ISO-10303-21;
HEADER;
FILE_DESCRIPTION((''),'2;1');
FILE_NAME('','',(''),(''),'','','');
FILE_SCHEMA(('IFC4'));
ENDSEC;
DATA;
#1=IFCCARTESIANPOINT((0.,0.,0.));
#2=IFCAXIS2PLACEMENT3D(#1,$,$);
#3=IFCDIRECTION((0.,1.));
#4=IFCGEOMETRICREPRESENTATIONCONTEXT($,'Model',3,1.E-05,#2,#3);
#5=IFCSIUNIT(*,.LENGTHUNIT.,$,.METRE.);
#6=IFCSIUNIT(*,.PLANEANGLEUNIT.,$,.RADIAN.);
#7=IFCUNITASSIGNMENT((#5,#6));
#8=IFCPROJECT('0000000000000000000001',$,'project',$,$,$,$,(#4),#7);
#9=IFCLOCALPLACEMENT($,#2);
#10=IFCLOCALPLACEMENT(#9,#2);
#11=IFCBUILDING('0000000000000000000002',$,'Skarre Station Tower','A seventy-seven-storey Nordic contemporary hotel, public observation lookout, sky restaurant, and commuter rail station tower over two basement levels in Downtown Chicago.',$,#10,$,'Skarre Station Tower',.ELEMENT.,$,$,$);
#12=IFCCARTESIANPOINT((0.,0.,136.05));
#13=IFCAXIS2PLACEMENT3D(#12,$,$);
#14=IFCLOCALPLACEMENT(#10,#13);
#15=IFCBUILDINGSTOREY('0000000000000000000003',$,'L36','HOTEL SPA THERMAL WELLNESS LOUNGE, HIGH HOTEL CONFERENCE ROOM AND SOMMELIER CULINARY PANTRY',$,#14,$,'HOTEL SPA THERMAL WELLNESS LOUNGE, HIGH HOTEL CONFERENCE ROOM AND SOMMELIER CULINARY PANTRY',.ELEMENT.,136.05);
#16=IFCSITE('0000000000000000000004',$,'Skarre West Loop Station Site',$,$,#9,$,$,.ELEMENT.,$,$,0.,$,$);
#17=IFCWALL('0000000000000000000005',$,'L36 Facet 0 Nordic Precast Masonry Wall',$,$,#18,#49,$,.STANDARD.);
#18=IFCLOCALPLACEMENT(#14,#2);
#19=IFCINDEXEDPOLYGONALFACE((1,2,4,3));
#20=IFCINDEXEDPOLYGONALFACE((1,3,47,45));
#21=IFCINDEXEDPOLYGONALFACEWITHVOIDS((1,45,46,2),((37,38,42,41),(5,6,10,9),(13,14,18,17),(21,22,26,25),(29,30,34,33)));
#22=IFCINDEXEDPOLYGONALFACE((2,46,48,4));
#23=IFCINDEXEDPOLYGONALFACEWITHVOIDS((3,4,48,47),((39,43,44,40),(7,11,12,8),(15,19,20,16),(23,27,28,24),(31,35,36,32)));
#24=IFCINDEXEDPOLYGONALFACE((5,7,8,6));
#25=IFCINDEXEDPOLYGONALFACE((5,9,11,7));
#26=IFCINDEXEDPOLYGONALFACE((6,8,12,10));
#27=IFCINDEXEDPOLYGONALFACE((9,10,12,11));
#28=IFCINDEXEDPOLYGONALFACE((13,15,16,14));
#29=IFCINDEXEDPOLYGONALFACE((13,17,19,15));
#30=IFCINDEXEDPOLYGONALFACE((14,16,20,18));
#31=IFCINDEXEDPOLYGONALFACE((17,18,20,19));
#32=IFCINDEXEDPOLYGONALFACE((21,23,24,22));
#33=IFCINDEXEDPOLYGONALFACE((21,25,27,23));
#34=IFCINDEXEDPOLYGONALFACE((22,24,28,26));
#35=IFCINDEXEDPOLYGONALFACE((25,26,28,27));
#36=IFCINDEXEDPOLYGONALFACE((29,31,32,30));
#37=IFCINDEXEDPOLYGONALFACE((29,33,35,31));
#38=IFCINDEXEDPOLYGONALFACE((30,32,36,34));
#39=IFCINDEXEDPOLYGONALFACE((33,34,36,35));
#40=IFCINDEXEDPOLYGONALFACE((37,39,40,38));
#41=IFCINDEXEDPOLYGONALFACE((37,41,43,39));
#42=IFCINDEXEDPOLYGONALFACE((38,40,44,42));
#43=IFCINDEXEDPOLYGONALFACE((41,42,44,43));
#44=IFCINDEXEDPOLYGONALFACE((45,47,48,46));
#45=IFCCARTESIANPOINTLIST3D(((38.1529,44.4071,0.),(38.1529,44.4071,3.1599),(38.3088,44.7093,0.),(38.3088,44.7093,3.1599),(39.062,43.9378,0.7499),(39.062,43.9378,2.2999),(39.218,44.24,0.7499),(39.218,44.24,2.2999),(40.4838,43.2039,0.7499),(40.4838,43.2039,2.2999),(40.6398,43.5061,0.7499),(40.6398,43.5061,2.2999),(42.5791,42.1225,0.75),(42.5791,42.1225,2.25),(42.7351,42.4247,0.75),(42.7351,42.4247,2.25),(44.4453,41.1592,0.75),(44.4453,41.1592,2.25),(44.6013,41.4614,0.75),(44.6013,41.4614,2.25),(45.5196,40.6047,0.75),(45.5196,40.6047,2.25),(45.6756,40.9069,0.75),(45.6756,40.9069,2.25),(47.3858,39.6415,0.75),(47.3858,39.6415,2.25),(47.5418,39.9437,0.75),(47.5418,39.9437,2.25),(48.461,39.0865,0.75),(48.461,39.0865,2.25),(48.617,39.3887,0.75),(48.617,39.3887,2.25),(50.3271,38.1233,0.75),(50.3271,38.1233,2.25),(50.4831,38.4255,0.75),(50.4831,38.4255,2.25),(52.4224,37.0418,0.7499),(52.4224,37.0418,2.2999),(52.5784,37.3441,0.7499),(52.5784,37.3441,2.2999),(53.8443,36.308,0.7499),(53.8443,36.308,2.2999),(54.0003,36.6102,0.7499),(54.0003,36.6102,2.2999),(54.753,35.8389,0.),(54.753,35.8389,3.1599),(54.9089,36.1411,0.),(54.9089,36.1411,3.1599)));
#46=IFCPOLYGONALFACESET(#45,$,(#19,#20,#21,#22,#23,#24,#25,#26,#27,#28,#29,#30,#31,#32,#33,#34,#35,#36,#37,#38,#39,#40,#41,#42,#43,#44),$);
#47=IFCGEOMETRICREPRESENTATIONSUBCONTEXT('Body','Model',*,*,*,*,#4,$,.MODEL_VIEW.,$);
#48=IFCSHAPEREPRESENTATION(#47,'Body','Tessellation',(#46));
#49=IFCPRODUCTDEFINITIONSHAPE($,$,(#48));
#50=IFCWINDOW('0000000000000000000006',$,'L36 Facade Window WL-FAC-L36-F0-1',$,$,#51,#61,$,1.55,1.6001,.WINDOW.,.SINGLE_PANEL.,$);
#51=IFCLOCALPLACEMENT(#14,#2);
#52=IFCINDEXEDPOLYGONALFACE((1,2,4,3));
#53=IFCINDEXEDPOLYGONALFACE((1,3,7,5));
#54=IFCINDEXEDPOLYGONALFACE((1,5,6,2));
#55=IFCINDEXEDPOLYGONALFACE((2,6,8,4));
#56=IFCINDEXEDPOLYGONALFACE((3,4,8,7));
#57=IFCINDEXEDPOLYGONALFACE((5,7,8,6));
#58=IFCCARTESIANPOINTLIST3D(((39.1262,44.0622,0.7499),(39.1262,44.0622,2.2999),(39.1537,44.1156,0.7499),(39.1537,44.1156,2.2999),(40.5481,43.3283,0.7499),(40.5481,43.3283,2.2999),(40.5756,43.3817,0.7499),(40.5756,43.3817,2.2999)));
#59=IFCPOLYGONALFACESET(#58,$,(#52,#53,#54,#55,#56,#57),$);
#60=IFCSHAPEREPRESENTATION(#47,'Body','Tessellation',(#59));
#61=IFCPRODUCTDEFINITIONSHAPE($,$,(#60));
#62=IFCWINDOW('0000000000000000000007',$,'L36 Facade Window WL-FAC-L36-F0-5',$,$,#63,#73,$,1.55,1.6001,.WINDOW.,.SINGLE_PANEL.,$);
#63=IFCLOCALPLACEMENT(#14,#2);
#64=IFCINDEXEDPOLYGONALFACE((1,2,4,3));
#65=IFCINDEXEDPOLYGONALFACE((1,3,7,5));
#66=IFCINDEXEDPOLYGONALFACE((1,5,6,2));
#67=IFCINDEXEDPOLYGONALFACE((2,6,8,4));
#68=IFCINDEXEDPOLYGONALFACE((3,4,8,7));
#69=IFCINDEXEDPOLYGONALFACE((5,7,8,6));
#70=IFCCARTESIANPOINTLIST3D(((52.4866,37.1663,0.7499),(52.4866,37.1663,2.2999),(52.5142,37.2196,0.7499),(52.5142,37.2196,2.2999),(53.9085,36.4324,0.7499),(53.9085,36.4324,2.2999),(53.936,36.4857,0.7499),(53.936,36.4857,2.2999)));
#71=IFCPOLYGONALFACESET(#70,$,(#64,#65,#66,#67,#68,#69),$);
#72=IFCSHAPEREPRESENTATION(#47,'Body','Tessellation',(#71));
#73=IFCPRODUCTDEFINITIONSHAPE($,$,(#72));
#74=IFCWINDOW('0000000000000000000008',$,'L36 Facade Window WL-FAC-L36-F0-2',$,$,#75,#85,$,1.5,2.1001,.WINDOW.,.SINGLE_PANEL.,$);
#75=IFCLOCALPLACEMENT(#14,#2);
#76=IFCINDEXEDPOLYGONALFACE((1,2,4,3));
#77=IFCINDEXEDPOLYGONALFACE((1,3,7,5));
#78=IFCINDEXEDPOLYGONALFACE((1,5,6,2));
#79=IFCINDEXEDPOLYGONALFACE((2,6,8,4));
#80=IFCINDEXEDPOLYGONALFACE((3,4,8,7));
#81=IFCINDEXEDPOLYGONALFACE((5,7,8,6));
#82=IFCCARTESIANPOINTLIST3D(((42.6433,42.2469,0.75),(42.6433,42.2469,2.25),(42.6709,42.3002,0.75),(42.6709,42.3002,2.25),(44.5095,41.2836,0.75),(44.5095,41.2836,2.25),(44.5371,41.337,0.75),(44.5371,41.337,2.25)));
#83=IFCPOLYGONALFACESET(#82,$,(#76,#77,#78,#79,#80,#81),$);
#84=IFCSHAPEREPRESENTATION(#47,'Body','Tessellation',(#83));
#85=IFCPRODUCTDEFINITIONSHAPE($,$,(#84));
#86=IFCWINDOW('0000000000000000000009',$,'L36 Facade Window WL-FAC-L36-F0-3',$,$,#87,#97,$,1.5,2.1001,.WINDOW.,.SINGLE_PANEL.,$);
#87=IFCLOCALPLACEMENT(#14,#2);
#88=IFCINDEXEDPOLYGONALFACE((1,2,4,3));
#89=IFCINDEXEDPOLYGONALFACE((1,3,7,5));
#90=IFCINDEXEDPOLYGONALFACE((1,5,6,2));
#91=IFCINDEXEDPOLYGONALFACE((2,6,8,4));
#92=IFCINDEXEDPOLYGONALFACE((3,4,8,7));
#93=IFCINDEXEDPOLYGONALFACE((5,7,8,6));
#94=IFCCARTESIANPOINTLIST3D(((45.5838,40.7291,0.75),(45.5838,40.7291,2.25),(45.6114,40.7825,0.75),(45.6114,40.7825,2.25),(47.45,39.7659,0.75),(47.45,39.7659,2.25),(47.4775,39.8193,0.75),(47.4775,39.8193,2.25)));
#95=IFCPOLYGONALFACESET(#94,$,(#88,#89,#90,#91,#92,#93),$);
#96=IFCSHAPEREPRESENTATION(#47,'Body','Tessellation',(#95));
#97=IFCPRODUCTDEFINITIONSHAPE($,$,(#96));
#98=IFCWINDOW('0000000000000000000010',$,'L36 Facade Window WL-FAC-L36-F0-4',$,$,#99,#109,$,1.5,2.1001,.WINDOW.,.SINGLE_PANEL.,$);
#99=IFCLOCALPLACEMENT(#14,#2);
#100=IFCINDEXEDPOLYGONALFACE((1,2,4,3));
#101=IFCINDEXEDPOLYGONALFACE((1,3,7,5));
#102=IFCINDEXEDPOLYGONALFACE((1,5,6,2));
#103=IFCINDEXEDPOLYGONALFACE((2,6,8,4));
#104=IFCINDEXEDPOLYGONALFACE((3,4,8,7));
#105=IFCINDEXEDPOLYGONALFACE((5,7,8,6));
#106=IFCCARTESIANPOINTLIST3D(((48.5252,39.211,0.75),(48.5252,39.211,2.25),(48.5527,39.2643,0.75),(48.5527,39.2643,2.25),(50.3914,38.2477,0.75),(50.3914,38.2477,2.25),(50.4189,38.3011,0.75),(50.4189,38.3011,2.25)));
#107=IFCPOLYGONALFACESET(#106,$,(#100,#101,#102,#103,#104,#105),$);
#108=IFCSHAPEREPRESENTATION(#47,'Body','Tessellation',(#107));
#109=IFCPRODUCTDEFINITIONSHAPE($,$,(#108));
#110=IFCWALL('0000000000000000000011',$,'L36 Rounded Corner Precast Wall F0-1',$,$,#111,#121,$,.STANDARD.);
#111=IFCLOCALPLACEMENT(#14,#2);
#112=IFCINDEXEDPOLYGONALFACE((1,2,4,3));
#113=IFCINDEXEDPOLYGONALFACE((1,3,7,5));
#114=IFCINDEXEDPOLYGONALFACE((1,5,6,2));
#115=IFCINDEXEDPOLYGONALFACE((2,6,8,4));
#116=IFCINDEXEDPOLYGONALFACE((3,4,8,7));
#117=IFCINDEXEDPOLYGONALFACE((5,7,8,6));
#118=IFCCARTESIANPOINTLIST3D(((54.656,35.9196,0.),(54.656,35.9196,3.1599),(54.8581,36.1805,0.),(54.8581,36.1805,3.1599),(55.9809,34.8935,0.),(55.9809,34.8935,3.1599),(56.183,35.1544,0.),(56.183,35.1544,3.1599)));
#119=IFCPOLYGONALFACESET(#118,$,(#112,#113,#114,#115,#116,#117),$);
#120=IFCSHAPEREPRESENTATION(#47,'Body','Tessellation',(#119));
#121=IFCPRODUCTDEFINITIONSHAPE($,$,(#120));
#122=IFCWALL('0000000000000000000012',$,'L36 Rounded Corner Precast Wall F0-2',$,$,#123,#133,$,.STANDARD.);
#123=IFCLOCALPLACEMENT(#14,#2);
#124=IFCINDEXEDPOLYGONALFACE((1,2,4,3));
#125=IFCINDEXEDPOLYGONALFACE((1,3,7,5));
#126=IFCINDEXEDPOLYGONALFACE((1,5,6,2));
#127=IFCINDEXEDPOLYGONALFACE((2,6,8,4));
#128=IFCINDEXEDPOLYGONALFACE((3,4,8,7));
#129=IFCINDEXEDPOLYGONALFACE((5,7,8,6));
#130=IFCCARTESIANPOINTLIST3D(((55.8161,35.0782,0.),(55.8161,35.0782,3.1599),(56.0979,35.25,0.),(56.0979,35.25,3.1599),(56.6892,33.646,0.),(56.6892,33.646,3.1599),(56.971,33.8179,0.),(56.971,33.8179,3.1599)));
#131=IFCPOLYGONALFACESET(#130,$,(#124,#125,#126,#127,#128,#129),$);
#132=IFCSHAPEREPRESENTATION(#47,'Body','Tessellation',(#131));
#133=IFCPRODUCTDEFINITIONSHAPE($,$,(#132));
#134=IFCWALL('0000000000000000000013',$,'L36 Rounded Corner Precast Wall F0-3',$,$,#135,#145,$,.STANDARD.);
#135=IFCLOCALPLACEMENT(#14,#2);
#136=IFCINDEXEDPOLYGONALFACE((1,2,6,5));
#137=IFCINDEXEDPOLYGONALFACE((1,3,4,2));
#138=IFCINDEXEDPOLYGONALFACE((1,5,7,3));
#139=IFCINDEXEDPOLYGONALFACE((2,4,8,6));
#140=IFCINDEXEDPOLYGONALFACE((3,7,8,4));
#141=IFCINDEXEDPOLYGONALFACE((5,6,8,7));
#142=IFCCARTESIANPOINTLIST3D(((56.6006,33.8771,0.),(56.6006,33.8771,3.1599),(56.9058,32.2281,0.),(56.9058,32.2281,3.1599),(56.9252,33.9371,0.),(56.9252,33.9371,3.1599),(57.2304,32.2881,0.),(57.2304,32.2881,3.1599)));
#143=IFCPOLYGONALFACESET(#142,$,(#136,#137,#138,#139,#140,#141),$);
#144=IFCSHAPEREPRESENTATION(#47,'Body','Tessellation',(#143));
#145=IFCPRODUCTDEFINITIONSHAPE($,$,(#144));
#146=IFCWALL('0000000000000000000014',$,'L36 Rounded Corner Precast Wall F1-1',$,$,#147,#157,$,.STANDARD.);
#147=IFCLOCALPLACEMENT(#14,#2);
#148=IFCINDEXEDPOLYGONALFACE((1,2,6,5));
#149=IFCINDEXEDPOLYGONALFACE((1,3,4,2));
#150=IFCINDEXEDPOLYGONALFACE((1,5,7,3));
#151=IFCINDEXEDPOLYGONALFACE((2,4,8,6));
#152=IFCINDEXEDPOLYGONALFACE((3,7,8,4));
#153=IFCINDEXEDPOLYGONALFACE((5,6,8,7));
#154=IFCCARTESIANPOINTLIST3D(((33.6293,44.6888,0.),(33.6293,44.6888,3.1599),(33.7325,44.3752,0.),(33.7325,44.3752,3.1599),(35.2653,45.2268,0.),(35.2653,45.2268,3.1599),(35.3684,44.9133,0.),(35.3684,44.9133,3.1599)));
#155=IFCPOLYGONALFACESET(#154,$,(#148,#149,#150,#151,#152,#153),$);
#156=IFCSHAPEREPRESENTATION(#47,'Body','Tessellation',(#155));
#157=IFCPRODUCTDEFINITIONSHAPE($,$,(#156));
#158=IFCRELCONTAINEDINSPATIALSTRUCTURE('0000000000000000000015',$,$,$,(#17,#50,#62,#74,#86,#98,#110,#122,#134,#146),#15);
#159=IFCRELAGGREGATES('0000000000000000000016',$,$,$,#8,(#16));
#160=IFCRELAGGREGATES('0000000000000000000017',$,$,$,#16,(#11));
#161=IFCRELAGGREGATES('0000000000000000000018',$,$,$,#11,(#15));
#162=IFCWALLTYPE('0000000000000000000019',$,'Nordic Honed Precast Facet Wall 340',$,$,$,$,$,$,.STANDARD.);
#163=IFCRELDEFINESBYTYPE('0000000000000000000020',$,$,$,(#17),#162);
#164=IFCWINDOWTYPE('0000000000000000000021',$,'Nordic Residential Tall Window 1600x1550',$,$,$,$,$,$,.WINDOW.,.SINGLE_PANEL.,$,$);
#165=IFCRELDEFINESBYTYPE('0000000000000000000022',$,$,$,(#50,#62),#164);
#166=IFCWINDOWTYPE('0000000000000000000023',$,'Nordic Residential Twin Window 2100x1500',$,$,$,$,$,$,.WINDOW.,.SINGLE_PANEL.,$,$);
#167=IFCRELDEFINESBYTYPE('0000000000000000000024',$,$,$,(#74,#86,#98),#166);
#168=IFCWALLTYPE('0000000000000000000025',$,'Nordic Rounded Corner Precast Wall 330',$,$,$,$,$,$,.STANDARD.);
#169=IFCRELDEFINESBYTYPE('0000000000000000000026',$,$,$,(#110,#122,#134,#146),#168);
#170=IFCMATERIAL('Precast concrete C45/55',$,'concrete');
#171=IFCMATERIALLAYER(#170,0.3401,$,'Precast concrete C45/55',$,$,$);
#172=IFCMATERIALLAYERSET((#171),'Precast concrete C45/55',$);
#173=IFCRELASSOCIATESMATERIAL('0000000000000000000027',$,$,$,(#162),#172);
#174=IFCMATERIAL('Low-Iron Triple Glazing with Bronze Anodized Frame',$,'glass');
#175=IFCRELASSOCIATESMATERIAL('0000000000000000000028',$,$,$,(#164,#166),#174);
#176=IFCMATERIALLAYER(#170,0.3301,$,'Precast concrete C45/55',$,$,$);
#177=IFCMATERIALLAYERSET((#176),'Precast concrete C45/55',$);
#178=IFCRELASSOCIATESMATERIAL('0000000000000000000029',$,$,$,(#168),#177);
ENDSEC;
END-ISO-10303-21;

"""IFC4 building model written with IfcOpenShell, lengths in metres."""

from ifc_helpers import new_model, si_unit, direction, frame, frame_2d, origin, place, context, subcontext, project, spatial, rectangle, extrude, material, layer, layer_set, type_object, element, fill, save


model = new_model("IFC4")

# Units and contexts
model_context = context("Model", 3, precision=1e-05, world=origin(), true_north=direction((0.0, 1.0)))
body_context = subcontext(model_context, "Body", "Model", "MODEL_VIEW")
ifc_project = project(units=[si_unit("LENGTHUNIT", "METRE"), si_unit("PLANEANGLEUNIT", "RADIAN")], contexts=[model_context])

# Site, building, storey
site_placement = place(None, origin())
site = spatial("IfcSite", under=ifc_project, at=site_placement, Name="Skarre West Loop Station Site", CompositionType="ELEMENT", RefElevation=0.0)
building_placement = place(site_placement, origin())
building = spatial("IfcBuilding", under=site, at=building_placement, Name="Skarre Station Tower", Description="A seventy-seven-storey Nordic contemporary hotel, public observation lookout, sky restaurant, and commuter rail station tower over two basement levels in Downtown Chicago.", LongName="Skarre Station Tower", CompositionType="ELEMENT")
storey_placement = place(building_placement, frame((0.0, 0.0, 136.05)))
storey = spatial("IfcBuildingStorey", under=building, at=storey_placement, Name="L36", Description="HOTEL SPA THERMAL WELLNESS LOUNGE, HIGH HOTEL CONFERENCE ROOM AND SOMMELIER CULINARY PANTRY", LongName="HOTEL SPA THERMAL WELLNESS LOUNGE, HIGH HOTEL CONFERENCE ROOM AND SOMMELIER CULINARY PANTRY", CompositionType="ELEMENT", Elevation=136.05)

# Wall, openings, windows
ifc_material_1 = material(Name="Precast concrete C45/55", Category="concrete")
ifc_layer_1 = layer(ifc_material_1, 0.3401, Name="Precast concrete C45/55")
ifc_layer_set_1 = layer_set([ifc_layer_1], Name="Precast concrete C45/55")
wall_type_1 = type_object("IfcWallType", Name="Nordic Honed Precast Facet Wall 340", PredefinedType="STANDARD", material=ifc_layer_set_1)
wall_1_placement = place(storey_placement, frame((38.231, 44.5581, 0.0), z_axis=(0.0, 0.0, 1.0), x_axis=(0.888614, -0.458657, 0.0)))
wall_1 = element("IfcWall", 1, at=wall_1_placement, inside=storey, type_object=wall_type_1, Name="L36 Facet 0 Nordic Precast Masonry Wall", PredefinedType="STANDARD", context=body_context, shape_type="SweptSolid", body=[
    extrude(rectangle(XDim=18.6809, YDim=0.3401, at=frame_2d((9.3403, 0.0))), origin(), (0.0, 0.0, 1.0), 3.1599),
])
opening_1_placement = place(wall_1_placement, frame((1.0229, 0.0, 0.75)))
opening_1 = element("IfcOpeningElement", 2, at=opening_1_placement, cuts=wall_1, PredefinedType="OPENING", context=body_context, shape_type="SweptSolid", body=[
    extrude(rectangle(XDim=1.6001, YDim=1.55, at=frame_2d((0.8, 0.7749))), frame((0.0, 0.1799, 0.0), z_axis=(0.0, -1.0, 0.0), x_axis=(1.0, 0.0, 0.0)), (0.0, 0.0, 1.0), 0.3601),
])
opening_2_placement = place(wall_1_placement, frame((4.981, 0.0, 0.75)))
opening_2 = element("IfcOpeningElement", 3, at=opening_2_placement, cuts=wall_1, PredefinedType="OPENING", context=body_context, shape_type="SweptSolid", body=[
    extrude(rectangle(XDim=2.1001, YDim=1.5, at=frame_2d((1.05, 0.75))), frame((0.0, 0.1799, 0.0), z_axis=(0.0, -1.0, 0.0), x_axis=(1.0, 0.0, 0.0)), (0.0, 0.0, 1.0), 0.3601),
])
opening_3_placement = place(wall_1_placement, frame((8.29, 0.0, 0.75)))
opening_3 = element("IfcOpeningElement", 4, at=opening_3_placement, cuts=wall_1, PredefinedType="OPENING", context=body_context, shape_type="SweptSolid", body=[
    extrude(rectangle(XDim=2.1001, YDim=1.5, at=frame_2d((1.05, 0.75))), frame((0.0, 0.1799, 0.0), z_axis=(0.0, -1.0, 0.0), x_axis=(1.0, 0.0, 0.0)), (0.0, 0.0, 1.0), 0.3601),
])
opening_4_placement = place(wall_1_placement, frame((11.6001, 0.0, 0.75)))
opening_4 = element("IfcOpeningElement", 5, at=opening_4_placement, cuts=wall_1, PredefinedType="OPENING", context=body_context, shape_type="SweptSolid", body=[
    extrude(rectangle(XDim=2.1001, YDim=1.5, at=frame_2d((1.05, 0.75))), frame((0.0, 0.1799, 0.0), z_axis=(0.0, -1.0, 0.0), x_axis=(1.0, 0.0, 0.0)), (0.0, 0.0, 1.0), 0.3601),
])
opening_5_placement = place(wall_1_placement, frame((16.0581, 0.0, 0.75)))
opening_5 = element("IfcOpeningElement", 6, at=opening_5_placement, cuts=wall_1, PredefinedType="OPENING", context=body_context, shape_type="SweptSolid", body=[
    extrude(rectangle(XDim=1.6001, YDim=1.55, at=frame_2d((0.8, 0.7749))), frame((0.0, 0.1799, 0.0), z_axis=(0.0, -1.0, 0.0), x_axis=(1.0, 0.0, 0.0)), (0.0, 0.0, 1.0), 0.3601),
])
ifc_material_2 = material(Name="Low-Iron Triple Glazing with Bronze Anodized Frame", Category="glass")
window_type_1 = type_object("IfcWindowType", Name="Nordic Residential Tall Window 1600x1550", PartitioningType="SINGLE_PANEL", PredefinedType="WINDOW", material=ifc_material_2)
window_1_placement = place(opening_1_placement, origin())
window_1 = element("IfcWindow", 7, at=window_1_placement, inside=storey, type_object=window_type_1, Name="L36 Facade Window WL-FAC-L36-F0-1", OverallHeight=1.55, OverallWidth=1.6001, PartitioningType="SINGLE_PANEL", PredefinedType="WINDOW", context=body_context, shape_type="SweptSolid", body=[
    extrude(rectangle(XDim=1.6001, YDim=1.55, at=frame_2d((0.8, 0.7749))), frame((0.0, 0.03, 0.0), z_axis=(0.0, -1.0, 0.0), x_axis=(1.0, 0.0, 0.0)), (0.0, 0.0, 1.0), 0.0601),
])
fill(opening_1, window_1)
window_2_placement = place(opening_5_placement, origin())
window_2 = element("IfcWindow", 8, at=window_2_placement, inside=storey, type_object=window_type_1, Name="L36 Facade Window WL-FAC-L36-F0-5", OverallHeight=1.55, OverallWidth=1.6001, PartitioningType="SINGLE_PANEL", PredefinedType="WINDOW", context=body_context, shape_type="SweptSolid", body=[
    extrude(rectangle(XDim=1.6001, YDim=1.55, at=frame_2d((0.8, 0.7749))), frame((0.0, 0.03, 0.0), z_axis=(0.0, -1.0, 0.0), x_axis=(1.0, 0.0, 0.0)), (0.0, 0.0, 1.0), 0.0601),
])
fill(opening_5, window_2)
window_type_2 = type_object("IfcWindowType", Name="Nordic Residential Twin Window 2100x1500", PartitioningType="SINGLE_PANEL", PredefinedType="WINDOW", material=ifc_material_2)
window_3_placement = place(opening_2_placement, origin())
window_3 = element("IfcWindow", 9, at=window_3_placement, inside=storey, type_object=window_type_2, Name="L36 Facade Window WL-FAC-L36-F0-2", OverallHeight=1.5, OverallWidth=2.1001, PartitioningType="SINGLE_PANEL", PredefinedType="WINDOW", context=body_context, shape_type="SweptSolid", body=[
    extrude(rectangle(XDim=2.1001, YDim=1.5, at=frame_2d((1.05, 0.75))), frame((0.0, 0.03, 0.0), z_axis=(0.0, -1.0, 0.0), x_axis=(1.0, 0.0, 0.0)), (0.0, 0.0, 1.0), 0.0601),
])
fill(opening_2, window_3)
window_4_placement = place(opening_3_placement, origin())
window_4 = element("IfcWindow", 10, at=window_4_placement, inside=storey, type_object=window_type_2, Name="L36 Facade Window WL-FAC-L36-F0-3", OverallHeight=1.5, OverallWidth=2.1001, PartitioningType="SINGLE_PANEL", PredefinedType="WINDOW", context=body_context, shape_type="SweptSolid", body=[
    extrude(rectangle(XDim=2.1001, YDim=1.5, at=frame_2d((1.05, 0.75))), frame((0.0, 0.03, 0.0), z_axis=(0.0, -1.0, 0.0), x_axis=(1.0, 0.0, 0.0)), (0.0, 0.0, 1.0), 0.0601),
])
fill(opening_3, window_4)
window_5_placement = place(opening_4_placement, origin())
window_5 = element("IfcWindow", 11, at=window_5_placement, inside=storey, type_object=window_type_2, Name="L36 Facade Window WL-FAC-L36-F0-4", OverallHeight=1.5, OverallWidth=2.1001, PartitioningType="SINGLE_PANEL", PredefinedType="WINDOW", context=body_context, shape_type="SweptSolid", body=[
    extrude(rectangle(XDim=2.1001, YDim=1.5, at=frame_2d((1.05, 0.75))), frame((0.0, 0.03, 0.0), z_axis=(0.0, -1.0, 0.0), x_axis=(1.0, 0.0, 0.0)), (0.0, 0.0, 1.0), 0.0601),
])
fill(opening_4, window_5)

# Walls
ifc_layer_2 = layer(ifc_material_1, 0.3301, Name="Precast concrete C45/55")
ifc_layer_set_2 = layer_set([ifc_layer_2], Name="Precast concrete C45/55")
wall_type_2 = type_object("IfcWallType", Name="Nordic Rounded Corner Precast Wall 330", PredefinedType="STANDARD", material=ifc_layer_set_2)
wall_2_placement = place(storey_placement, frame((54.7571, 36.05, 0.0), z_axis=(0.0, 0.0, 1.0), x_axis=(0.790621, -0.612305, 0.0)))
element("IfcWall", 12, at=wall_2_placement, inside=storey, type_object=wall_type_2, Name="L36 Rounded Corner Precast Wall F0-1", PredefinedType="STANDARD", context=body_context, shape_type="SweptSolid", body=[
    extrude(rectangle(XDim=1.6758, YDim=0.3301, at=frame_2d((0.8379, 0.0))), origin(), (0.0, 0.0, 1.0), 3.1599),
])
wall_3_placement = place(storey_placement, frame((55.957, 35.1641, 0.0), z_axis=(0.0, 0.0, 1.0), x_axis=(0.520519, -0.85385, 0.0)))
element("IfcWall", 13, at=wall_3_placement, inside=storey, type_object=wall_type_2, Name="L36 Rounded Corner Precast Wall F0-2", PredefinedType="STANDARD", context=body_context, shape_type="SweptSolid", body=[
    extrude(rectangle(XDim=1.6772, YDim=0.3301, at=frame_2d((0.8386, 0.0))), origin(), (0.0, 0.0, 1.0), 3.1599),
])
wall_4_placement = place(storey_placement, frame((56.7629, 33.907, 0.0), z_axis=(0.0, 0.0, 1.0), x_axis=(0.181985, -0.983301, 0.0)))
element("IfcWall", 14, at=wall_4_placement, inside=storey, type_object=wall_type_2, Name="L36 Rounded Corner Precast Wall F0-3", PredefinedType="STANDARD", context=body_context, shape_type="SweptSolid", body=[
    extrude(rectangle(XDim=1.677, YDim=0.3301, at=frame_2d((0.8384, 0.0))), origin(), (0.0, 0.0, 1.0), 3.1599),
])
wall_5_placement = place(storey_placement, frame((33.6809, 44.532, 0.0), z_axis=(0.0, 0.0, 1.0), x_axis=(0.949937, 0.31244, 0.0)))
element("IfcWall", 15, at=wall_5_placement, inside=storey, type_object=wall_type_2, Name="L36 Rounded Corner Precast Wall F1-1", PredefinedType="STANDARD", context=body_context, shape_type="SweptSolid", body=[
    extrude(rectangle(XDim=1.7222, YDim=0.3301, at=frame_2d((0.8611, 0.0))), origin(), (0.0, 0.0, 1.0), 3.1599),
])

save(model, "model.ifc")
